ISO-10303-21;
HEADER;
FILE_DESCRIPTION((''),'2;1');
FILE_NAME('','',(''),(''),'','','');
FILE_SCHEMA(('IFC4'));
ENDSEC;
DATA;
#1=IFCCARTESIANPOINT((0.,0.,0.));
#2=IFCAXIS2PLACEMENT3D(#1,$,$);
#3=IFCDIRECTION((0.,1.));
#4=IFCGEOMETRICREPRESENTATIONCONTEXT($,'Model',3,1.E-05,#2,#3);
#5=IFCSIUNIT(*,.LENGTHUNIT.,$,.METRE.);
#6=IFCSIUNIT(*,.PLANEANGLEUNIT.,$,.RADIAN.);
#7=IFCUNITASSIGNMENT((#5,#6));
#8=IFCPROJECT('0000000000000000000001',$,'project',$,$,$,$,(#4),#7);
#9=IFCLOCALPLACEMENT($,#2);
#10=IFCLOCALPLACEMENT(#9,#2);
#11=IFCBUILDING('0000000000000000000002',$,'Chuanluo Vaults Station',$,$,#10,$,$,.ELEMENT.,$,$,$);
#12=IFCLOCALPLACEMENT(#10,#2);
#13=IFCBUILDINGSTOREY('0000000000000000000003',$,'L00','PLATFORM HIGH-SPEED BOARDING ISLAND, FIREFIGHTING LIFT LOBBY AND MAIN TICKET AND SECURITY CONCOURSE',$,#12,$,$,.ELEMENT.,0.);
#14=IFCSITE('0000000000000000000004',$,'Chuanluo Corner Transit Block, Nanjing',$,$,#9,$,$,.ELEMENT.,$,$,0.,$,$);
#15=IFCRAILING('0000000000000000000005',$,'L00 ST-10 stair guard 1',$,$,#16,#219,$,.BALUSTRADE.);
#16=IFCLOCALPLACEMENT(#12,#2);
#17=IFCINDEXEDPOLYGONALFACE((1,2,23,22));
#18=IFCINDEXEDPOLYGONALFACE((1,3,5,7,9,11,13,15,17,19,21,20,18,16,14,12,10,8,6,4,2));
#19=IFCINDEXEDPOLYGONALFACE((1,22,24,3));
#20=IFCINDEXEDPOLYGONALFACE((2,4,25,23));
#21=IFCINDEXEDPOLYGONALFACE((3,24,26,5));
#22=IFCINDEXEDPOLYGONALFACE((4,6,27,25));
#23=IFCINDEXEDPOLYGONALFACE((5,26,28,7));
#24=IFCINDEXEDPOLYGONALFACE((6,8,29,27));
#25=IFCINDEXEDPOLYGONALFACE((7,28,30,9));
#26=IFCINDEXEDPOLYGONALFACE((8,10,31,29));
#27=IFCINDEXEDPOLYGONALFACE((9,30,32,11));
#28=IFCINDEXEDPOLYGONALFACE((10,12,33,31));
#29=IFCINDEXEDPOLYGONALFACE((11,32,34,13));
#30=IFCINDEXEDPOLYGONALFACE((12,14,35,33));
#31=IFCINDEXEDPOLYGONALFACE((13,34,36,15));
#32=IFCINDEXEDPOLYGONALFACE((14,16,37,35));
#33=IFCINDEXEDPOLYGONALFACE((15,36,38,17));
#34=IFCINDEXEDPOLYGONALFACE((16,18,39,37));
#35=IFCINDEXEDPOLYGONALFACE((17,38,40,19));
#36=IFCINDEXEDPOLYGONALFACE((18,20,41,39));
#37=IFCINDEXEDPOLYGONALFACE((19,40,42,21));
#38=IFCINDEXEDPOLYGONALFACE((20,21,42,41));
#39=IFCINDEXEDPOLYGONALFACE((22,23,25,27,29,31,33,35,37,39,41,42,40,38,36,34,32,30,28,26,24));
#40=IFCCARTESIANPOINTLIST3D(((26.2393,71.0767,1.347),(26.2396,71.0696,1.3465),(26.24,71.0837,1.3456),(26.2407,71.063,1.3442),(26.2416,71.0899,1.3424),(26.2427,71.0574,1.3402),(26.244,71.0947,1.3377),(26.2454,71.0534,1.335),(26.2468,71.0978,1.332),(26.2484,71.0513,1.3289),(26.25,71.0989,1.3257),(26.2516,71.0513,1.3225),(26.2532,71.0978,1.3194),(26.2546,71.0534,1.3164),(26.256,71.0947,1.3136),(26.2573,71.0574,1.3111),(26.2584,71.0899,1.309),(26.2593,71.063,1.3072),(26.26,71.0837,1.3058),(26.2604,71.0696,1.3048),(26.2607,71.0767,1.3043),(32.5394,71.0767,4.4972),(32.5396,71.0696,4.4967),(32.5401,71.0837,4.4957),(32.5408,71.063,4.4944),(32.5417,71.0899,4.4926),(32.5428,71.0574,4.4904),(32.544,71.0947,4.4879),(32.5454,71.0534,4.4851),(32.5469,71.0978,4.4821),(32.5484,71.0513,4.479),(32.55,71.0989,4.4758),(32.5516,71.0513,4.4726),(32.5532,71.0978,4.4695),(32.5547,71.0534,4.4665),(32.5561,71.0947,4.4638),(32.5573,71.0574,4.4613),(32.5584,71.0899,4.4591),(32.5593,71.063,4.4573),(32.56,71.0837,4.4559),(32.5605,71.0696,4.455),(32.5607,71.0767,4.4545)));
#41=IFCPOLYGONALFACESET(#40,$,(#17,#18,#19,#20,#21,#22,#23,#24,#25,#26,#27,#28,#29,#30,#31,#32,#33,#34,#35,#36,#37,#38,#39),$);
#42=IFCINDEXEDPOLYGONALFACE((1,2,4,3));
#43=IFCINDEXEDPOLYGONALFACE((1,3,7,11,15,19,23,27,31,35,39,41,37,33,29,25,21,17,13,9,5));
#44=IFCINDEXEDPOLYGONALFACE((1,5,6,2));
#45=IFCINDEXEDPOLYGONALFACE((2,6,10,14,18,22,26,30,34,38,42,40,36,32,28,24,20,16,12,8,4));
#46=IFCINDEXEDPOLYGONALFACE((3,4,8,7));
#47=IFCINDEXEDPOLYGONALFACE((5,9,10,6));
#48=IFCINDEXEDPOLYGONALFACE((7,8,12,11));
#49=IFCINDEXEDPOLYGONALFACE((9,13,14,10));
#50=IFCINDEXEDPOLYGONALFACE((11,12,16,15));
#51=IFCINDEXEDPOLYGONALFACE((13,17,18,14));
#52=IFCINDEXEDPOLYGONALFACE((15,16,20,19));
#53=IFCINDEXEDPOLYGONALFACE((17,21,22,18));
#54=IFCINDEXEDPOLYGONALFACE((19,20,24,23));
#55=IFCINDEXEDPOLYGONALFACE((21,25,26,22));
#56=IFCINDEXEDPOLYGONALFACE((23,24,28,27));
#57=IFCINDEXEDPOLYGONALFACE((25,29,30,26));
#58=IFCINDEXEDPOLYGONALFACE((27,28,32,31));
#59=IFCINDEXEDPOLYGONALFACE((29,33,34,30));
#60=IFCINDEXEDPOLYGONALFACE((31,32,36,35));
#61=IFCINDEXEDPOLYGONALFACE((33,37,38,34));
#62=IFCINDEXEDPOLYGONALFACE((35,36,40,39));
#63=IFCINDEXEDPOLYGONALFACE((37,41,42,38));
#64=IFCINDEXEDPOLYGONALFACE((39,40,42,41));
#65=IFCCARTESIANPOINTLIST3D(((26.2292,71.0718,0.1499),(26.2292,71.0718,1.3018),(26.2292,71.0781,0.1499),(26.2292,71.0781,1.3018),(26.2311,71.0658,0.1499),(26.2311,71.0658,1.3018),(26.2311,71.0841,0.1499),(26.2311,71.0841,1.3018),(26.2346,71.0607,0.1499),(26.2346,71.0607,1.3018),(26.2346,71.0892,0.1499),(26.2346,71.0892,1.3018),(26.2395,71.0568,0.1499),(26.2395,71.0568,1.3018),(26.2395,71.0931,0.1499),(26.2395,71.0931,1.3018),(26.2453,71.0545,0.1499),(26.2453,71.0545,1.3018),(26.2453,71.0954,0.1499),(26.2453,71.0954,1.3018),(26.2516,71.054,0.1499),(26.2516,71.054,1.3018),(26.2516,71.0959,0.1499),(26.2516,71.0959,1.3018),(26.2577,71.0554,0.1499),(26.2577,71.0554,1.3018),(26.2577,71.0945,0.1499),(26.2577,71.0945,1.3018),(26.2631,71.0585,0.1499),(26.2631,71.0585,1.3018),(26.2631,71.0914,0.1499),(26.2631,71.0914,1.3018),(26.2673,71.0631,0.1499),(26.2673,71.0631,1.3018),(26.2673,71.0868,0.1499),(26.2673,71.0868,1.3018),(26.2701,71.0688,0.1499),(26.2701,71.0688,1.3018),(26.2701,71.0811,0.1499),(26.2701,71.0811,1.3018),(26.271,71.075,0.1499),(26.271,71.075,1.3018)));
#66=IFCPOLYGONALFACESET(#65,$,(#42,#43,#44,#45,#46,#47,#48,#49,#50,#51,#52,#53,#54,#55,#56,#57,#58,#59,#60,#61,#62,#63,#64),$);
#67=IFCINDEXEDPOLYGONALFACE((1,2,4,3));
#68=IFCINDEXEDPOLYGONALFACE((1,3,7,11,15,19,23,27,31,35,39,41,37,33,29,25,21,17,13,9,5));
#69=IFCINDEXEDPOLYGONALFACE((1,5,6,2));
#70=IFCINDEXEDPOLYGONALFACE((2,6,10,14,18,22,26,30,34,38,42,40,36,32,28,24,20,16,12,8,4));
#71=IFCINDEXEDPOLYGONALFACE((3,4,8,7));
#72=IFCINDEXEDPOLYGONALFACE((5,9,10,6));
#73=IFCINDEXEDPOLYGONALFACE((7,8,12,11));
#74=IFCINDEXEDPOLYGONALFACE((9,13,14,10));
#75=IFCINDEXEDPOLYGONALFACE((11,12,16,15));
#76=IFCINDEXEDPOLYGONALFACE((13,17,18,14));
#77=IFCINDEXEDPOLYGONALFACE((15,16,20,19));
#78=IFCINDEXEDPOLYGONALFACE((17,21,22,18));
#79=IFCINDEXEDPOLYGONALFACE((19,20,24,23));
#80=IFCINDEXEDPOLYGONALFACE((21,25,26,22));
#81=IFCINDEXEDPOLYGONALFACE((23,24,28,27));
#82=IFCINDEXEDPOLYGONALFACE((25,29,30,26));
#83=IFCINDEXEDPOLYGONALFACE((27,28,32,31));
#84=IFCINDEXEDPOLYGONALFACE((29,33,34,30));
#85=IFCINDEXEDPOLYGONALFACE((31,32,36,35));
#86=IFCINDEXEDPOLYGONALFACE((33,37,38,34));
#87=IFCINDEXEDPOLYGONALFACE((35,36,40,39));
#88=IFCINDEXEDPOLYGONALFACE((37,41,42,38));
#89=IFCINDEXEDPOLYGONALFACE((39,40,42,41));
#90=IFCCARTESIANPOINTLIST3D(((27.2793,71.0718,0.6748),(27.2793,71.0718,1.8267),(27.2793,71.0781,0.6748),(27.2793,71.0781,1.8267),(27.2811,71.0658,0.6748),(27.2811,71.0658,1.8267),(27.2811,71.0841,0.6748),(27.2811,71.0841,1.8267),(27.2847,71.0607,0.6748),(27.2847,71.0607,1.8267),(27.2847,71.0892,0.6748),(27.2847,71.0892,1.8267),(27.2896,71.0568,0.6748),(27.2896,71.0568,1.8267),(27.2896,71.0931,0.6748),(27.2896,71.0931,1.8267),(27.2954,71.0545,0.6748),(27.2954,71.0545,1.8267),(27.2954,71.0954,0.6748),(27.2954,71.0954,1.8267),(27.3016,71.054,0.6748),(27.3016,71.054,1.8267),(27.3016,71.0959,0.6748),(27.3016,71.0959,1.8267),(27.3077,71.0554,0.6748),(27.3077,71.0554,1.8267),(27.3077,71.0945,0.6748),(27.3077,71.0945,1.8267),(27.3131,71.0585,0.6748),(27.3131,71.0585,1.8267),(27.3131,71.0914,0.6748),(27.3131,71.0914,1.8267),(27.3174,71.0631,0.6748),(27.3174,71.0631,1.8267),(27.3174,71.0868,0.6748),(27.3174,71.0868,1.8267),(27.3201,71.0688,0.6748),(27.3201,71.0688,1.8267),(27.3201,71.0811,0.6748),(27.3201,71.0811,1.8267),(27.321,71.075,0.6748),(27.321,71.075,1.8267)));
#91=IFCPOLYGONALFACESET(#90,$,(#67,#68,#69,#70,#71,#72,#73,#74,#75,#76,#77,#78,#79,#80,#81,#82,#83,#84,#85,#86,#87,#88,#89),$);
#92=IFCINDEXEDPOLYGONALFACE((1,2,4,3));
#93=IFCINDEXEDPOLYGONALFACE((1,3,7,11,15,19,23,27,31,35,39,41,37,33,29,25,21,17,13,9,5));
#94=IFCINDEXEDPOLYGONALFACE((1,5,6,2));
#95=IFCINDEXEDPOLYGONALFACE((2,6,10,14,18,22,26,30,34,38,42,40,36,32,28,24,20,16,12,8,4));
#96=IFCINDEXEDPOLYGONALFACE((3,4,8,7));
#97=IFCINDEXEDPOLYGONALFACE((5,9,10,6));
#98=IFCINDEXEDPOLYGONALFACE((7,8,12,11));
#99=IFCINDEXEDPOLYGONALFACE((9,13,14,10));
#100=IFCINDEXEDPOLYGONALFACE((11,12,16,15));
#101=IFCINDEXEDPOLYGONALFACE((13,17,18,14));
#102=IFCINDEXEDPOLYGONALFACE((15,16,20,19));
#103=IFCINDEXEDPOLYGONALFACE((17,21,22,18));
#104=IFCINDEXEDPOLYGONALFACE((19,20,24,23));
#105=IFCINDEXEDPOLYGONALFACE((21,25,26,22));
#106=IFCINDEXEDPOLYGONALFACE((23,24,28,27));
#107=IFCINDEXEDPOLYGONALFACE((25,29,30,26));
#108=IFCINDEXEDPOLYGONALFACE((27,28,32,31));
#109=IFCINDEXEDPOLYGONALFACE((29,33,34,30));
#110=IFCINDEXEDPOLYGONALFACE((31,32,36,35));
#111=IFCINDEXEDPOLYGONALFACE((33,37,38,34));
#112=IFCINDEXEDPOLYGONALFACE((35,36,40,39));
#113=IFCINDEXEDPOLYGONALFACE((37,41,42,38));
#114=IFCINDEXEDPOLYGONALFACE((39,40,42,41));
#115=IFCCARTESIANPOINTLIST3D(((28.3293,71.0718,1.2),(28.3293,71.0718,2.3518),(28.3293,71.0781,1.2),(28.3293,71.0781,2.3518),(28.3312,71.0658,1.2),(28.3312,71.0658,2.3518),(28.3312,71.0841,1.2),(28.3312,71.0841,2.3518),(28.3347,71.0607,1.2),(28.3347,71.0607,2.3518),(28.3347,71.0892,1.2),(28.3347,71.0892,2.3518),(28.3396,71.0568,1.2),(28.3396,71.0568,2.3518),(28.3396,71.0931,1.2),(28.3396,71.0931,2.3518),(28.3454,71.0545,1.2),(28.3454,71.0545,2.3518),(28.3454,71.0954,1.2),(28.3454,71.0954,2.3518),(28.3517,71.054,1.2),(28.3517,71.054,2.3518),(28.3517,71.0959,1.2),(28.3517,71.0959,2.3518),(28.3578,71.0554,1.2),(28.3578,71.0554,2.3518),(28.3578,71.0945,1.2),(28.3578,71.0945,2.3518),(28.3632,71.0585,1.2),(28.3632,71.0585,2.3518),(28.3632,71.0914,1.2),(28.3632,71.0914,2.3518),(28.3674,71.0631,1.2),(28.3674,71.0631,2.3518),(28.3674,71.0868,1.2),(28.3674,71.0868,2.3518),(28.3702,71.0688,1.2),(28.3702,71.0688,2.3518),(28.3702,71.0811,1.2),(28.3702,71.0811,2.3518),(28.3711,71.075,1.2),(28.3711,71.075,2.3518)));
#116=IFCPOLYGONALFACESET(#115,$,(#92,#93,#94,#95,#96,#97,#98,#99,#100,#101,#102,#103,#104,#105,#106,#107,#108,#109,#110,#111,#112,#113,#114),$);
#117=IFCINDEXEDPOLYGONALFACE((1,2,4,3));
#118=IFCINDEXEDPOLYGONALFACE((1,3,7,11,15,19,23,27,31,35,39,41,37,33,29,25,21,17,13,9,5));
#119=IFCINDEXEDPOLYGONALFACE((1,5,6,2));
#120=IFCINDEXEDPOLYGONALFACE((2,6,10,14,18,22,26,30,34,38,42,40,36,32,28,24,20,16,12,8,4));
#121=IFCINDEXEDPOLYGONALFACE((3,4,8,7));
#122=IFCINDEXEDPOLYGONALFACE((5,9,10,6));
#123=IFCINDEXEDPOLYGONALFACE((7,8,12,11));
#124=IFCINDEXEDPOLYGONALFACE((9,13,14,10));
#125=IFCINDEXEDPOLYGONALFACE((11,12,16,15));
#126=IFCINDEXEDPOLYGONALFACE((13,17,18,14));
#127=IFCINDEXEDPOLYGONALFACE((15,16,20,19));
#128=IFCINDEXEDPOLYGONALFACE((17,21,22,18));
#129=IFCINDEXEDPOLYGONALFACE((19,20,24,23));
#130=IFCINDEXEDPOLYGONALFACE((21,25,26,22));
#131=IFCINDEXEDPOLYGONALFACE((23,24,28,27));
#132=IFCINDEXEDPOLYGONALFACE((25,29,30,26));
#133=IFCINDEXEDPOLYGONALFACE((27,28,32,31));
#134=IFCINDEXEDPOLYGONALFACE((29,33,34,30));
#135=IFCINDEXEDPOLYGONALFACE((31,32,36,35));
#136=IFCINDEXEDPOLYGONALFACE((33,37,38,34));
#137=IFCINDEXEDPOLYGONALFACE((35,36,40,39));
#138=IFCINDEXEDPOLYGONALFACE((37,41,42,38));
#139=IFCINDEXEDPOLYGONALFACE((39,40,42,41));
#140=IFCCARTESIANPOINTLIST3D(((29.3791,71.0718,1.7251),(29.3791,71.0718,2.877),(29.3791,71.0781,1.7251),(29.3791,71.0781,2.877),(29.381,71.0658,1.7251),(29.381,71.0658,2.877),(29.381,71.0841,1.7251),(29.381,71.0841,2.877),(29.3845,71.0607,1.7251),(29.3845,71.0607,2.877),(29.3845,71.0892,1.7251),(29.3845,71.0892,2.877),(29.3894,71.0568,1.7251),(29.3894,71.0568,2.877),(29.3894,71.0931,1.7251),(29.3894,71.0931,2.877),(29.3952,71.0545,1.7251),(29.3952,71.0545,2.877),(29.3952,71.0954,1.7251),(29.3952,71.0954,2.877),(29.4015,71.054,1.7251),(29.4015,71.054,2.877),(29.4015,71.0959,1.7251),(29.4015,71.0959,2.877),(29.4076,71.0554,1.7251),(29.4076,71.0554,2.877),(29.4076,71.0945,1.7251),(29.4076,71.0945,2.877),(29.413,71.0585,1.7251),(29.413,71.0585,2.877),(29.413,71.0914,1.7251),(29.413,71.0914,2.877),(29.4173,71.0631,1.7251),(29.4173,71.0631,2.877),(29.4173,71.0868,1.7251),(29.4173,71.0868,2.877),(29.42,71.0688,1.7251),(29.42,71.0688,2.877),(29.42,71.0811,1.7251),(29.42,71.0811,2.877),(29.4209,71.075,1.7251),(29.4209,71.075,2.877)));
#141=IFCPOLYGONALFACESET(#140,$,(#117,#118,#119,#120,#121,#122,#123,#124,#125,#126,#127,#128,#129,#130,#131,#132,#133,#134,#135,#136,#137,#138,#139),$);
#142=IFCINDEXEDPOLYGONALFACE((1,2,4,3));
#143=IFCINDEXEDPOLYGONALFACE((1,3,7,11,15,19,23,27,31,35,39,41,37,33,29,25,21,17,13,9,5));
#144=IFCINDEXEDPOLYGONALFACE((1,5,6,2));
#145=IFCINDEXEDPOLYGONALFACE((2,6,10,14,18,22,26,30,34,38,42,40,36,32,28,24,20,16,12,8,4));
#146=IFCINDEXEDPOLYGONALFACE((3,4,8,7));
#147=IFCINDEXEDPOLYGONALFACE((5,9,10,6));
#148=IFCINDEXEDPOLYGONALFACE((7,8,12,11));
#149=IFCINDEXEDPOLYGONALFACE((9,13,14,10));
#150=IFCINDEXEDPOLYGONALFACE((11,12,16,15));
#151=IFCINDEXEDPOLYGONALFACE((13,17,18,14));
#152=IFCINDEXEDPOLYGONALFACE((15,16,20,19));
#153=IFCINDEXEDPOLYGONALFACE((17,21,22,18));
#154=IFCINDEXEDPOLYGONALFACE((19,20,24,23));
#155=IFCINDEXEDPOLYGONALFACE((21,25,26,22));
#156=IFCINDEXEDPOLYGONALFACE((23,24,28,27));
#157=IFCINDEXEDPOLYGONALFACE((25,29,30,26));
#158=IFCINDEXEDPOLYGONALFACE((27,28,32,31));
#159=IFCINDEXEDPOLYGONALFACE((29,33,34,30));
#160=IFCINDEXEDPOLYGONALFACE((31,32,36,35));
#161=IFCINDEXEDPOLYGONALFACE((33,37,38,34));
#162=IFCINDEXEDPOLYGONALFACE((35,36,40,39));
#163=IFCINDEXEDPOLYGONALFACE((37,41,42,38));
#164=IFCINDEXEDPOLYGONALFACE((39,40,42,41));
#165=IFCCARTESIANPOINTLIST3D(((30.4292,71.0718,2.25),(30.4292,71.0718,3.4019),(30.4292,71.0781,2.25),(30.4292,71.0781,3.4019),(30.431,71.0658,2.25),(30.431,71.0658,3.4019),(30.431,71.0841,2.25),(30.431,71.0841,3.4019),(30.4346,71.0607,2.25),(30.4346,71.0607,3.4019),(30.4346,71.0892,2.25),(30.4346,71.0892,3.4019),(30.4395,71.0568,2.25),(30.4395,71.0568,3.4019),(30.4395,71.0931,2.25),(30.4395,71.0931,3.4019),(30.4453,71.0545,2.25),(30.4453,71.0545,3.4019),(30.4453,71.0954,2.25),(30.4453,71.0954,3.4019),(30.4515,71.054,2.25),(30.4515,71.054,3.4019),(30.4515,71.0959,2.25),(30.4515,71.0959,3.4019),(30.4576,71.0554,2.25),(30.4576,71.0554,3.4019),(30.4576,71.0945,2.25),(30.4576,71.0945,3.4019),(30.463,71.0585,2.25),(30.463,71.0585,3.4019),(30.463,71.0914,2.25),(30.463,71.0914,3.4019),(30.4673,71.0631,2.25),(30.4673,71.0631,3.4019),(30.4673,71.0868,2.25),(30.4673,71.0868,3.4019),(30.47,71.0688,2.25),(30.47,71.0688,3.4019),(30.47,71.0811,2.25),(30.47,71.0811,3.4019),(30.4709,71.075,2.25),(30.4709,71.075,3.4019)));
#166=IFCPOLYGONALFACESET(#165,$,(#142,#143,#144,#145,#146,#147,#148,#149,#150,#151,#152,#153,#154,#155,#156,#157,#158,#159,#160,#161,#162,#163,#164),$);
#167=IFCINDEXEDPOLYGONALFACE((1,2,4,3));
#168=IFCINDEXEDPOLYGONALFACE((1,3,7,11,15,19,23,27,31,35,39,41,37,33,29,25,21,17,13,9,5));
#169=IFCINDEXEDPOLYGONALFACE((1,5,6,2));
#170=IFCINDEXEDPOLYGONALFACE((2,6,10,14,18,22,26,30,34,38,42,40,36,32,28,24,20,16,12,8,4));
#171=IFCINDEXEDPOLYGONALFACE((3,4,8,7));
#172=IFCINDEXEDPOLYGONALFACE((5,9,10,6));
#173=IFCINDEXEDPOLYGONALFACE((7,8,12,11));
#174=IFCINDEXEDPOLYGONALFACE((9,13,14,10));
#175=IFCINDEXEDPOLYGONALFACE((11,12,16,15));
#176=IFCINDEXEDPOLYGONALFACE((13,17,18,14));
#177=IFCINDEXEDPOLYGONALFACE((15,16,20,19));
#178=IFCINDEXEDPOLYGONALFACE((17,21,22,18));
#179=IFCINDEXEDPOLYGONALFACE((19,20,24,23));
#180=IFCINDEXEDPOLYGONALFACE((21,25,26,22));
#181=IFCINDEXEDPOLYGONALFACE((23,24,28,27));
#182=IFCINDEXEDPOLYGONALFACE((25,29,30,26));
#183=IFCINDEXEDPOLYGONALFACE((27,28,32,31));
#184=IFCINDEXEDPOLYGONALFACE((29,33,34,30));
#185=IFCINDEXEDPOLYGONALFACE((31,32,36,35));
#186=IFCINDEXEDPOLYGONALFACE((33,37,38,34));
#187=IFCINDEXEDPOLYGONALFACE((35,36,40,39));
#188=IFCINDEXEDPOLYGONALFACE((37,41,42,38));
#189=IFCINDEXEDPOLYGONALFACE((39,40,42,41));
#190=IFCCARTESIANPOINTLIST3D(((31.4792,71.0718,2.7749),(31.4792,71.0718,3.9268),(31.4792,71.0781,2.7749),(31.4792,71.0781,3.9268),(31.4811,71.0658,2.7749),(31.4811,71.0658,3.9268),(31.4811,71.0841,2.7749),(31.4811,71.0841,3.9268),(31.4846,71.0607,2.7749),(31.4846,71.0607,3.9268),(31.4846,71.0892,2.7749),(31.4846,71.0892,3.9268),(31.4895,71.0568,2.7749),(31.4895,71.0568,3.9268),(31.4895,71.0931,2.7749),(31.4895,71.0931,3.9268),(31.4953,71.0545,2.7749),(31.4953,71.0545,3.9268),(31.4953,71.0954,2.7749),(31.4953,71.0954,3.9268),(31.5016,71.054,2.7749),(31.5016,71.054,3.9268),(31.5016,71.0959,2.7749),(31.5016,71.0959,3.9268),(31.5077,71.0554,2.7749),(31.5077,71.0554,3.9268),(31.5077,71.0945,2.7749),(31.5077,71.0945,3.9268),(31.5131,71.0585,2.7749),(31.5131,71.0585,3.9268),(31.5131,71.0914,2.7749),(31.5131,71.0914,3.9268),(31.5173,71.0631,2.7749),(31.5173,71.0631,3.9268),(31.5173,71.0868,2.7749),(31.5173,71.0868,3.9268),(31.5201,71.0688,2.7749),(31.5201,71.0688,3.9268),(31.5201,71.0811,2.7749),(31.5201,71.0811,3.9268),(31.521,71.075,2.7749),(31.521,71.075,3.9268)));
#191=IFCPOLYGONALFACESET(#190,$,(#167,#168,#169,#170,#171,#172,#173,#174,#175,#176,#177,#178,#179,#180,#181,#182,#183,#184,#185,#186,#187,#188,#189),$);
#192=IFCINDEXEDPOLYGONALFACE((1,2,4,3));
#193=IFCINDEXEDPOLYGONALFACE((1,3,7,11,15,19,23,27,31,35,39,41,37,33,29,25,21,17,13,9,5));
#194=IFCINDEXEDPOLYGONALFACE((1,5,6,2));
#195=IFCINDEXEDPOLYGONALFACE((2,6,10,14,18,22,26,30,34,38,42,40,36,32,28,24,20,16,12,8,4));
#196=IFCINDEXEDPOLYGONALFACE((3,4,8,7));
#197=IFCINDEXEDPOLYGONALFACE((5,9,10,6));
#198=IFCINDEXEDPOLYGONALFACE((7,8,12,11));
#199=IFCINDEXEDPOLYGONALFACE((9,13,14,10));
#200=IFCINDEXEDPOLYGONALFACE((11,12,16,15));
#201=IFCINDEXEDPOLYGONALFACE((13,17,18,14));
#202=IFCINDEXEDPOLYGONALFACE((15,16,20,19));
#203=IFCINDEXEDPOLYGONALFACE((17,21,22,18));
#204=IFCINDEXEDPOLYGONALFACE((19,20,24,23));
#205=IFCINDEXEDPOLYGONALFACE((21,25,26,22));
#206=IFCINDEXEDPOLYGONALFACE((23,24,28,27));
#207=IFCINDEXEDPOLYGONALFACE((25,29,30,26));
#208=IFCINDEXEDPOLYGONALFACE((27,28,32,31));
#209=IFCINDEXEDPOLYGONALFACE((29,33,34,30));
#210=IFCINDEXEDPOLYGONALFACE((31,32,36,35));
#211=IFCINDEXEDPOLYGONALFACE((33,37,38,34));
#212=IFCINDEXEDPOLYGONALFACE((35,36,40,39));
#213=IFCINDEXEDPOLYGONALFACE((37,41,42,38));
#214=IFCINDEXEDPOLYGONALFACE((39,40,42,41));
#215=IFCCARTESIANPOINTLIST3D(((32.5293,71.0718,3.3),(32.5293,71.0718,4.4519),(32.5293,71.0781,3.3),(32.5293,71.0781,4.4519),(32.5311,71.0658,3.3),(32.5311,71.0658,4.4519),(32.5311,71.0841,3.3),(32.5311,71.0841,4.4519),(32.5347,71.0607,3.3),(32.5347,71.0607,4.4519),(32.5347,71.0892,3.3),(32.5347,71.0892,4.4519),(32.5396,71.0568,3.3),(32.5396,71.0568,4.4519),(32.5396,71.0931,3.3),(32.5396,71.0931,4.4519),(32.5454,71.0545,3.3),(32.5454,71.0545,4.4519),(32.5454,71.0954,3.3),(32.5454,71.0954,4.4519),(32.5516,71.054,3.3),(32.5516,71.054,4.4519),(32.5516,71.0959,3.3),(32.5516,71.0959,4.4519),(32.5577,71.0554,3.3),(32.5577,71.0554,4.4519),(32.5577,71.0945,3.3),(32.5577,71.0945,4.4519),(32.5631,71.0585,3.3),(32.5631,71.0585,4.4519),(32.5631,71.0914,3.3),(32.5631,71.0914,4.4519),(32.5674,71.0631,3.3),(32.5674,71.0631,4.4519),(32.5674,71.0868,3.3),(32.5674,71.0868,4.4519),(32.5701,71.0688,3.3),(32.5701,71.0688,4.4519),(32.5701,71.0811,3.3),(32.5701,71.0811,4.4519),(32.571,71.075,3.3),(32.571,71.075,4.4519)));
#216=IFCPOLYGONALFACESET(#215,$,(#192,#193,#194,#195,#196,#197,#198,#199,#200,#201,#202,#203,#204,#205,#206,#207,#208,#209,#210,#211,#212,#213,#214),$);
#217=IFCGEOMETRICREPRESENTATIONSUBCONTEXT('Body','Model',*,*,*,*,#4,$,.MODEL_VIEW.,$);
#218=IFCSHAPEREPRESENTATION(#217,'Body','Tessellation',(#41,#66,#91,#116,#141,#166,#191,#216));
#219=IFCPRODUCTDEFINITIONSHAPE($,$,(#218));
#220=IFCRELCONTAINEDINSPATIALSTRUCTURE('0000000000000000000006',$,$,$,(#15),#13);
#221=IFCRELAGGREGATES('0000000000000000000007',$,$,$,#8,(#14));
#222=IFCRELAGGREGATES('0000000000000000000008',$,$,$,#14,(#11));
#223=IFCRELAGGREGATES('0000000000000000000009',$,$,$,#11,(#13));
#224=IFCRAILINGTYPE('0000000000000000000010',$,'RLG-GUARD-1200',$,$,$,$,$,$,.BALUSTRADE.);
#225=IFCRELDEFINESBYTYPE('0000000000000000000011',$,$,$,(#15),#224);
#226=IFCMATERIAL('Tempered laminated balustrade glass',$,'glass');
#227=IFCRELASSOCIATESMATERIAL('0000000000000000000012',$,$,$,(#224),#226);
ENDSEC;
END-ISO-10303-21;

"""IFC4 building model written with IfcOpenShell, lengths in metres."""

from ifc_helpers import new_model, si_unit, direction, frame, origin, origin_2d, place, context, subcontext, project, spatial, circle, extrude, material, type_object, element, save


model = new_model("IFC4")

# Units and contexts
model_context = context("Model", 3, precision=1e-05, world=origin(), true_north=direction((0.0, 1.0)))
body_context = subcontext(model_context, "Body", "Model", "MODEL_VIEW")
ifc_project = project(units=[si_unit("LENGTHUNIT", "METRE"), si_unit("PLANEANGLEUNIT", "RADIAN")], contexts=[model_context])

# Site, building, storey
site_placement = place(None, origin())
site = spatial("IfcSite", under=ifc_project, at=site_placement, Name="Chuanluo Corner Transit Block, Nanjing", CompositionType="ELEMENT", RefElevation=0.0)
building_placement = place(site_placement, origin())
building = spatial("IfcBuilding", under=site, at=building_placement, Name="Chuanluo Vaults Station", CompositionType="ELEMENT")
storey_placement = place(building_placement, origin())
storey = spatial("IfcBuildingStorey", under=building, at=storey_placement, Name="L00", Description="PLATFORM HIGH-SPEED BOARDING ISLAND, FIREFIGHTING LIFT LOBBY AND MAIN TICKET AND SECURITY CONCOURSE", CompositionType="ELEMENT", Elevation=0.0)

# Railing
ifc_material_1 = material(Name="Tempered laminated balustrade glass", Category="glass")
railing_type_1 = type_object("IfcRailingType", Name="RLG-GUARD-1200", PredefinedType="BALUSTRADE", material=ifc_material_1)
railing_1_placement = place(storey_placement, frame((26.25, 71.075, 0.1499)))
element("IfcRailing", 1, at=railing_1_placement, inside=storey, type_object=railing_type_1, Name="L00 ST-10 stair guard 1", PredefinedType="BALUSTRADE", context=body_context, shape_type="SweptSolid", body=[
    extrude(circle(Radius=0.0239, at=origin_2d()), frame((0.0, 0.0, 1.1758), z_axis=(0.89442, 0.0, 0.447227), x_axis=(0.0, 1.0, 0.0)), (0.0, 0.0, 1.0), 7.0437),
    extrude(circle(Radius=0.021, at=origin_2d()), origin(), (0.0, 0.0, 1.0), 1.1519),
    extrude(circle(Radius=0.021, at=origin_2d()), frame((1.05, 0.0, 0.5249)), (0.0, 0.0, 1.0), 1.1519),
    extrude(circle(Radius=0.021, at=origin_2d()), frame((2.1001, 0.0, 1.05)), (0.0, 0.0, 1.0), 1.1519),
    extrude(circle(Radius=0.021, at=origin_2d()), frame((3.1499, 0.0, 1.5752)), (0.0, 0.0, 1.0), 1.1519),
    extrude(circle(Radius=0.021, at=origin_2d()), frame((4.2, 0.0, 2.1001)), (0.0, 0.0, 1.0), 1.1519),
    extrude(circle(Radius=0.021, at=origin_2d()), frame((5.25, 0.0, 2.625)), (0.0, 0.0, 1.0), 1.1519),
    extrude(circle(Radius=0.021, at=origin_2d()), frame((6.3, 0.0, 3.1501)), (0.0, 0.0, 1.0), 1.1519),
])

save(model, "model.ifc")
